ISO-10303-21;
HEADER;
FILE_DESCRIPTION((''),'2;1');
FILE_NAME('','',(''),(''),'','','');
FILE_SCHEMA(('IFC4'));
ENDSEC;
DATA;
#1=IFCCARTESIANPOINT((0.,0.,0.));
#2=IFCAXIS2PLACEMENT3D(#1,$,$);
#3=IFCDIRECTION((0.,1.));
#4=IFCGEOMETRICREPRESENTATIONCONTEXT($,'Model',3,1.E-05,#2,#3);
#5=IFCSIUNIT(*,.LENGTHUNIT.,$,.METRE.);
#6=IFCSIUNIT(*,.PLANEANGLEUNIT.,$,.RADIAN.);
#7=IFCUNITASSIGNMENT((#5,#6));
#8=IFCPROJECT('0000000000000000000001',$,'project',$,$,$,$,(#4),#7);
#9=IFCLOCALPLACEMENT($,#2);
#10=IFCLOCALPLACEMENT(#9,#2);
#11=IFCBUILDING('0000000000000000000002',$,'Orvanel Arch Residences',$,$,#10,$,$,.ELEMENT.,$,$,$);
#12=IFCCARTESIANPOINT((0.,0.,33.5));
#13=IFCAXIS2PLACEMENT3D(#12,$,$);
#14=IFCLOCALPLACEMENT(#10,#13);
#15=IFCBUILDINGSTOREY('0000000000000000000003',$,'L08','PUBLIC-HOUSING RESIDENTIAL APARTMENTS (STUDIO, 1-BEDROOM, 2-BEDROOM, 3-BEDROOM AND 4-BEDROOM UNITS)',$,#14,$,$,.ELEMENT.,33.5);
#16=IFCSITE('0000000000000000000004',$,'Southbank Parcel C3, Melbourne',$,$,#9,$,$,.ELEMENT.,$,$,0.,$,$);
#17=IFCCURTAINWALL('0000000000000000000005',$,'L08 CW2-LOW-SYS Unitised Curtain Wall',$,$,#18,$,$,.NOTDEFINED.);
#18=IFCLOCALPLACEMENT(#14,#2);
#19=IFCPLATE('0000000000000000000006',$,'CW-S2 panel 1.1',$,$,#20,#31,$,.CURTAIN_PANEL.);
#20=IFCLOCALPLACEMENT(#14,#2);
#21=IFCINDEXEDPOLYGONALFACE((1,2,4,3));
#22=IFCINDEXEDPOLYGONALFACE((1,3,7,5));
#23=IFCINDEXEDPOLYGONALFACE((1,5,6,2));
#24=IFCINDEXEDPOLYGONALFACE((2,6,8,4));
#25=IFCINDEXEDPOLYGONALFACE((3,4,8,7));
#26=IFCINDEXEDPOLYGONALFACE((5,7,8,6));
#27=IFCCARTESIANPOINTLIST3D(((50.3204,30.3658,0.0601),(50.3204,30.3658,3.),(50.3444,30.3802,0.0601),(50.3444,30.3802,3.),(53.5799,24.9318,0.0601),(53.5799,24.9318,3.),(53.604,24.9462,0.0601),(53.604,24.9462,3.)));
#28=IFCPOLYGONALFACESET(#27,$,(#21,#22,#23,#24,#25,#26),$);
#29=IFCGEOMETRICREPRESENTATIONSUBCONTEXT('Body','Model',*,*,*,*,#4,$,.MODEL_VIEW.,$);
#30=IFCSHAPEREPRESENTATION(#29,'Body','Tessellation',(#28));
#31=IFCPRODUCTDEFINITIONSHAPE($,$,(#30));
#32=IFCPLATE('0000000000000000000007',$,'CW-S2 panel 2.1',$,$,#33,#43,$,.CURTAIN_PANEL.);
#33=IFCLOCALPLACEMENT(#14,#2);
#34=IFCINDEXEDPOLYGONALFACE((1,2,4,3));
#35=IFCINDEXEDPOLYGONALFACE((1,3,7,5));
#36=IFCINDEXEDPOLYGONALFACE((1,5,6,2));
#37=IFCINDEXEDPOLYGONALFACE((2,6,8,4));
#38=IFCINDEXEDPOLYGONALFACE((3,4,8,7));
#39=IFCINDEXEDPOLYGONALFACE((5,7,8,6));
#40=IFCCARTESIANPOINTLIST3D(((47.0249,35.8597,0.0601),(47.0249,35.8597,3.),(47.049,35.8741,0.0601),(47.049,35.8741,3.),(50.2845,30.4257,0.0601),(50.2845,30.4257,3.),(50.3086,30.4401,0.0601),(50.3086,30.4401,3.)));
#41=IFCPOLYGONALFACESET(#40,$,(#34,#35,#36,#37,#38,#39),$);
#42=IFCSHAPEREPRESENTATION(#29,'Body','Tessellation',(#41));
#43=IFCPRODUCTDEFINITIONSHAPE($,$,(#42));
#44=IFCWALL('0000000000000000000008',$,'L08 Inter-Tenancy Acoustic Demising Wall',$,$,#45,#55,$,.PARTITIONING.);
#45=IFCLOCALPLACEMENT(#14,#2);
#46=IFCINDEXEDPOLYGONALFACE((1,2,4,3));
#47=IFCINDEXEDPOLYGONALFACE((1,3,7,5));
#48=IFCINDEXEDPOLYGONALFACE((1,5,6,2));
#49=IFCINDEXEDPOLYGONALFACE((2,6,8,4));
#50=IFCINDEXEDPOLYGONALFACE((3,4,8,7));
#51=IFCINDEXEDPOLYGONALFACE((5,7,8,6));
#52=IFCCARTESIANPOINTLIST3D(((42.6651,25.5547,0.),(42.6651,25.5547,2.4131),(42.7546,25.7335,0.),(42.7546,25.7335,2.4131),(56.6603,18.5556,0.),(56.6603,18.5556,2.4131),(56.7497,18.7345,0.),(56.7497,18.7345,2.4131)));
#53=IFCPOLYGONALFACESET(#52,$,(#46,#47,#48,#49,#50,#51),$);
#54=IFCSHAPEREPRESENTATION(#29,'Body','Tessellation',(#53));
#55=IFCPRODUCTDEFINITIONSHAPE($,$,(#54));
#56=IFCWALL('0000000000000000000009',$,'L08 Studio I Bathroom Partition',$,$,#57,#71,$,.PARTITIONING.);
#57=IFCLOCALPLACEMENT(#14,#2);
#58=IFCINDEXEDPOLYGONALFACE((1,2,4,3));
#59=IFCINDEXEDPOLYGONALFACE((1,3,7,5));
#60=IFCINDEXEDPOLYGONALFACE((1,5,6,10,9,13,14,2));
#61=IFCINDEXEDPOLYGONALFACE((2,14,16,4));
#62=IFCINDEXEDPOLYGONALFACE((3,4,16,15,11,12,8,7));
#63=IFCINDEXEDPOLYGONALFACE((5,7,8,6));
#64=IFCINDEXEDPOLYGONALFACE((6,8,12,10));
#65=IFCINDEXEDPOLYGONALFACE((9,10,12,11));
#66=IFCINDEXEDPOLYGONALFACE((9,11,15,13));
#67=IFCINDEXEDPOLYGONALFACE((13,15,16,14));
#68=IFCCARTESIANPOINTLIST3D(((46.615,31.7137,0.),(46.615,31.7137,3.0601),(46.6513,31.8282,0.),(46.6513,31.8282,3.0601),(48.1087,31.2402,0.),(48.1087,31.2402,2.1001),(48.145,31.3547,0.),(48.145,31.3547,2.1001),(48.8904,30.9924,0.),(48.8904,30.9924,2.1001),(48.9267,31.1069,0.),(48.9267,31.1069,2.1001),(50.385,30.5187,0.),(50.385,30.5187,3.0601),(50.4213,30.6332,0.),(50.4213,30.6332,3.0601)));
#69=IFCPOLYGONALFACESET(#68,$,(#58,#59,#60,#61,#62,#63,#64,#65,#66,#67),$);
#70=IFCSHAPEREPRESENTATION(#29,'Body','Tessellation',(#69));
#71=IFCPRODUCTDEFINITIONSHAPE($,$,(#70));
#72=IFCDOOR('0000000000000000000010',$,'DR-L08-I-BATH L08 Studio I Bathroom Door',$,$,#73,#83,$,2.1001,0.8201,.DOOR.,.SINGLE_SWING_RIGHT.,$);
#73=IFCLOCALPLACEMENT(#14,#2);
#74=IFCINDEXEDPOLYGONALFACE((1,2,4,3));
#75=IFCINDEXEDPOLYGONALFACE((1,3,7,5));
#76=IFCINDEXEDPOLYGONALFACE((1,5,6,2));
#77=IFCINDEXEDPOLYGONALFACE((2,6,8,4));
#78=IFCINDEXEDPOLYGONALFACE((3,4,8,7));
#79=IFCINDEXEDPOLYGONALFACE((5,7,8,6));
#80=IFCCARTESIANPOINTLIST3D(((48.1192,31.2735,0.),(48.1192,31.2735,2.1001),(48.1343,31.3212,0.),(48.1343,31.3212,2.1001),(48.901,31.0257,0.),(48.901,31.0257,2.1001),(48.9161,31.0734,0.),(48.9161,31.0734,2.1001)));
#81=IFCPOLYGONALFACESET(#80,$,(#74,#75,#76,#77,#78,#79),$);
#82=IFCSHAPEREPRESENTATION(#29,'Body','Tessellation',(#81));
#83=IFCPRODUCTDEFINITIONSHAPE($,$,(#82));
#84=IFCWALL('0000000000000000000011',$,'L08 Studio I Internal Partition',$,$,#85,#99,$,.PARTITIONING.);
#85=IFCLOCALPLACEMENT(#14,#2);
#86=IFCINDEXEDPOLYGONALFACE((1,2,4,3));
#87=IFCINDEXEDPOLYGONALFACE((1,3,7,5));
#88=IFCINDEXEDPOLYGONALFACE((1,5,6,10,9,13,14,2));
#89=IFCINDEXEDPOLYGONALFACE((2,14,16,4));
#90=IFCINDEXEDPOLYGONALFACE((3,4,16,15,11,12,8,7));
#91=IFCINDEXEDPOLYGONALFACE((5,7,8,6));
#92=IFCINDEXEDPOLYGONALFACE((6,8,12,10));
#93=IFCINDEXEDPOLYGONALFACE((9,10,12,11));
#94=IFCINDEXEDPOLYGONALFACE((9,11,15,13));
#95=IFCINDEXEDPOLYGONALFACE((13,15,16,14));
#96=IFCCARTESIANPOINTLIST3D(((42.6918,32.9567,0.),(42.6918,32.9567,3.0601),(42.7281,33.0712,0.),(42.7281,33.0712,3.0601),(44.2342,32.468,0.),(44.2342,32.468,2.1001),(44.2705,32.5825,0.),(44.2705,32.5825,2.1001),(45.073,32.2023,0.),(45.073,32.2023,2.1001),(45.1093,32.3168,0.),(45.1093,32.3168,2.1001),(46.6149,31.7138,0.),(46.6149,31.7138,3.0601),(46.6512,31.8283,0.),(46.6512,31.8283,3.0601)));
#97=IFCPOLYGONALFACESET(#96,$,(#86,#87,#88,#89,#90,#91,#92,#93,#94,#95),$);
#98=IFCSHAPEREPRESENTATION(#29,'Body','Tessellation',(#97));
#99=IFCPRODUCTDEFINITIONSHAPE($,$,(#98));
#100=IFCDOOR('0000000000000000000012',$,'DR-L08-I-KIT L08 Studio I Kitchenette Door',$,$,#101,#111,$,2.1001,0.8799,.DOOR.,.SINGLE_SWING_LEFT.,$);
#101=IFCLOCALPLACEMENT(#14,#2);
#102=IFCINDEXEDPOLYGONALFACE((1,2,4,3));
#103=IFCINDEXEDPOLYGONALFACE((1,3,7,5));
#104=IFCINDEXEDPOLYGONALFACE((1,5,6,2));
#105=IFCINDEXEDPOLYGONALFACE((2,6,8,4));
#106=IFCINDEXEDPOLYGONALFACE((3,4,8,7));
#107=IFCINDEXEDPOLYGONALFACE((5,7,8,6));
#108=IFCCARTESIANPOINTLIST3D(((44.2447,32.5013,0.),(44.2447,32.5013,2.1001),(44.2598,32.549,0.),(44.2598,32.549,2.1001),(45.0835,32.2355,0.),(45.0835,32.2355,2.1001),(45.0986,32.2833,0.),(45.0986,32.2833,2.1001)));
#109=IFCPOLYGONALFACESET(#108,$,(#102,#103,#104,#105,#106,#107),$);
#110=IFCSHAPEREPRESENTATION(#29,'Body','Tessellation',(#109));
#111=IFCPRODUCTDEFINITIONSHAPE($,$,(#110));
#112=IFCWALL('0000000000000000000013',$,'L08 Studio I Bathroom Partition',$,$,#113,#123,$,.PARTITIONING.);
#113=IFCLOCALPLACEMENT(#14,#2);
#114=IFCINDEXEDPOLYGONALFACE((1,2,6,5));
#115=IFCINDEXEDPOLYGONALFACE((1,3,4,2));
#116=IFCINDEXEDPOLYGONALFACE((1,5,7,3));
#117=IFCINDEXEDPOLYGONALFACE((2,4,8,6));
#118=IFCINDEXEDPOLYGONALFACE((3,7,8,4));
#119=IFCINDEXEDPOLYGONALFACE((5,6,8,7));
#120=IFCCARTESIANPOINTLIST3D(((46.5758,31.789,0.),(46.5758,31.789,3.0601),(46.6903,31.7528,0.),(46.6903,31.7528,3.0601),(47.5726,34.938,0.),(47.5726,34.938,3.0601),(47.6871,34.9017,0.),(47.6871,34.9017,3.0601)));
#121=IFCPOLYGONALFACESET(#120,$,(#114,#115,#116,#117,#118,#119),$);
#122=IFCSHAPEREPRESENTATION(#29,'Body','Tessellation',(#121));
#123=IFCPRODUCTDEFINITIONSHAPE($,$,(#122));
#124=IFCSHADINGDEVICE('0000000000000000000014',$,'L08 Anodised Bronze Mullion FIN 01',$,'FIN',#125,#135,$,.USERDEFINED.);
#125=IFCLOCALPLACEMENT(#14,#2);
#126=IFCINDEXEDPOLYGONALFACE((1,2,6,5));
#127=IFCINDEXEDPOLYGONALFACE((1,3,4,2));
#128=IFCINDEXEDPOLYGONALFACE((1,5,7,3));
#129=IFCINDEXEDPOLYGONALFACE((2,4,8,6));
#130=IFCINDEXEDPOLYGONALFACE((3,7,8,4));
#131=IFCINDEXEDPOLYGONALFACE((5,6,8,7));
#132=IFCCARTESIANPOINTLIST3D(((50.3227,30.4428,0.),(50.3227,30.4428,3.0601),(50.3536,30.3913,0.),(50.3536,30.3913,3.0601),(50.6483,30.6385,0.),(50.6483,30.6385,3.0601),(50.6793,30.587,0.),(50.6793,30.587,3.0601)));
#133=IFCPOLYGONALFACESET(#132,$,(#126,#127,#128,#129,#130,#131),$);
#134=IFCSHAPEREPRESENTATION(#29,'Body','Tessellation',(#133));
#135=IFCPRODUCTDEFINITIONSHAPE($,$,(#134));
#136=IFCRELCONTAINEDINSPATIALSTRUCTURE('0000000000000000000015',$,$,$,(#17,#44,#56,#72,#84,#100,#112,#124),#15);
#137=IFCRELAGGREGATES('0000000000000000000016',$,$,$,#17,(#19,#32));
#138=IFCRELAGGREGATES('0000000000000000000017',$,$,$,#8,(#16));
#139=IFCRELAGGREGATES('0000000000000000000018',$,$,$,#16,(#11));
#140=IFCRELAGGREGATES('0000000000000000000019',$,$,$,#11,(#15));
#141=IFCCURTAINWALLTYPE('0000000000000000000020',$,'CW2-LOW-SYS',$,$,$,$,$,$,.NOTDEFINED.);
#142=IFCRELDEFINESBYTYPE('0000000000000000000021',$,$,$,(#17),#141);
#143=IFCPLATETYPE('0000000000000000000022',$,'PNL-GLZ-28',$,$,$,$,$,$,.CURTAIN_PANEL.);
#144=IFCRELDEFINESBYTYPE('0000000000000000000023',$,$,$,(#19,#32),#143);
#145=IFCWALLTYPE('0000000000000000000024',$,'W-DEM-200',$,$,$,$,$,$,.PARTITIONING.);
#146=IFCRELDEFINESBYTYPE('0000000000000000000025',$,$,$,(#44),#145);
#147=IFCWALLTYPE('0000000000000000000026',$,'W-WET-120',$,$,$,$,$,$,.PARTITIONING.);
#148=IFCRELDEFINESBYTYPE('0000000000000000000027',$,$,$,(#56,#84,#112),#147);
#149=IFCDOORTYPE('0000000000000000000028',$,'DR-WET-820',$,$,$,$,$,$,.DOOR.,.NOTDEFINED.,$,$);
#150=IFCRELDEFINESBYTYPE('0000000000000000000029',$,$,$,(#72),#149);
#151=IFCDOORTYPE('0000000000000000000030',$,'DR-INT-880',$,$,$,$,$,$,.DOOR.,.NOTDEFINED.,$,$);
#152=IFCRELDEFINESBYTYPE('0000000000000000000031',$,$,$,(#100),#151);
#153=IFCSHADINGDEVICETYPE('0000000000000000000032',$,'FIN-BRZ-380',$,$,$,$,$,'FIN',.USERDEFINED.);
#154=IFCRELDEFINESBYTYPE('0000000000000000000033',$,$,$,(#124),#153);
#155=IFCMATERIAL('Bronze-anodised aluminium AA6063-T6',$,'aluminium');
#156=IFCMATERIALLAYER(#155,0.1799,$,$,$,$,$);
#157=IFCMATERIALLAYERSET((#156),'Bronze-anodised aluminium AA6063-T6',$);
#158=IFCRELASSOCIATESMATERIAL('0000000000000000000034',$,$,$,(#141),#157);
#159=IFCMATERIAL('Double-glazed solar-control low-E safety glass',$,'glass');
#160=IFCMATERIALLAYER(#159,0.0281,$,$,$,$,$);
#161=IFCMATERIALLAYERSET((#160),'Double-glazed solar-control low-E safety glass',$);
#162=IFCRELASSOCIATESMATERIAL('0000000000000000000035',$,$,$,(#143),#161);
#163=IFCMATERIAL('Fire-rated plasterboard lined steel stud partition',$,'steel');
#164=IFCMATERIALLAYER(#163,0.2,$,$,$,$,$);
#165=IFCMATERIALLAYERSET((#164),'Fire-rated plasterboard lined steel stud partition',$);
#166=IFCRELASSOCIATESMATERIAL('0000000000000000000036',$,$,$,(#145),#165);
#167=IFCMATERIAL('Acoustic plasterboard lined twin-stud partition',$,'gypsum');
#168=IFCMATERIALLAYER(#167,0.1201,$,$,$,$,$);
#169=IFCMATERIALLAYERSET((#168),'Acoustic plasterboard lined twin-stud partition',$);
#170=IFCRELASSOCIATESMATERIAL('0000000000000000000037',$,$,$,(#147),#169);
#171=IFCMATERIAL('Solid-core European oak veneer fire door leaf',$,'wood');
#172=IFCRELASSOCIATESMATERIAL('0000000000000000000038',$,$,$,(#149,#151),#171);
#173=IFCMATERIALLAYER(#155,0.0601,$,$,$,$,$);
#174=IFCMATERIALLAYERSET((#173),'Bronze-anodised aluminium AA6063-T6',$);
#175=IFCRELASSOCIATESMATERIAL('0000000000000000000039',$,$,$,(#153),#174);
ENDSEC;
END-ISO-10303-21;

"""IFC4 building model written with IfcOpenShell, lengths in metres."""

from ifc_helpers import new_model, si_unit, direction, frame, frame_2d, origin, origin_2d, place, context, subcontext, project, spatial, rectangle, extrude, material, layer, layer_set, type_object, element, fill, aggregate, save


model = new_model("IFC4")

# Units and contexts
model_context = context("Model", 3, precision=1e-05, world=origin(), true_north=direction((0.0, 1.0)))
body_context = subcontext(model_context, "Body", "Model", "MODEL_VIEW")
ifc_project = project(units=[si_unit("LENGTHUNIT", "METRE"), si_unit("PLANEANGLEUNIT", "RADIAN")], contexts=[model_context])

# Site, building, storey
site_placement = place(None, origin())
site = spatial("IfcSite", under=ifc_project, at=site_placement, Name="Southbank Parcel C3, Melbourne", CompositionType="ELEMENT", RefElevation=0.0)
building_placement = place(site_placement, origin())
building = spatial("IfcBuilding", under=site, at=building_placement, Name="Orvanel Arch Residences", CompositionType="ELEMENT")
storey_placement = place(building_placement, frame((0.0, 0.0, 33.5)))
storey = spatial("IfcBuildingStorey", under=building, at=storey_placement, Name="L08", Description="PUBLIC-HOUSING RESIDENTIAL APARTMENTS (STUDIO, 1-BEDROOM, 2-BEDROOM, 3-BEDROOM AND 4-BEDROOM UNITS)", CompositionType="ELEMENT", Elevation=33.5)

# Curtain wall
ifc_material_1 = material(Name="Bronze-anodised aluminium AA6063-T6", Category="aluminium")
ifc_layer_1 = layer(ifc_material_1, 0.1799)
ifc_layer_set_1 = layer_set([ifc_layer_1], Name="Bronze-anodised aluminium AA6063-T6")
curtain_wall_type = type_object("IfcCurtainWallType", Name="CW2-LOW-SYS", PredefinedType="NOTDEFINED", material=ifc_layer_set_1)
curtain_wall_placement = place(storey_placement, origin())
curtain_wall = element("IfcCurtainWall", 1, at=curtain_wall_placement, inside=storey, type_object=curtain_wall_type, Name="L08 CW2-LOW-SYS Unitised Curtain Wall", PredefinedType="NOTDEFINED")

# Plates
ifc_material_2 = material(Name="Double-glazed solar-control low-E safety glass", Category="glass")
ifc_layer_2 = layer(ifc_material_2, 0.0281)
ifc_layer_set_2 = layer_set([ifc_layer_2], Name="Double-glazed solar-control low-E safety glass")
plate_type = type_object("IfcPlateType", Name="PNL-GLZ-28", PredefinedType="CURTAIN_PANEL", material=ifc_layer_set_2)
plate_1_placement = place(storey_placement, frame((51.9622, 27.656, 0.0601), z_axis=(0.0, 0.0, 1.0), x_axis=(-0.514393, 0.857555, 0.0)))
plate_1 = element("IfcPlate", 2, at=plate_1_placement, type_object=plate_type, Name="CW-S2 panel 1.1", PredefinedType="CURTAIN_PANEL", context=body_context, shape_type="SweptSolid", body=[
    extrude(rectangle(XDim=6.3367, YDim=0.0281, at=origin_2d()), origin(), (0.0, 0.0, 1.0), 2.9399),
])
plate_2_placement = place(storey_placement, frame((48.6667, 33.1499, 0.0601), z_axis=(0.0, 0.0, 1.0), x_axis=(-0.514393, 0.857555, 0.0)))
plate_2 = element("IfcPlate", 3, at=plate_2_placement, type_object=plate_type, Name="CW-S2 panel 2.1", PredefinedType="CURTAIN_PANEL", context=body_context, shape_type="SweptSolid", body=[
    extrude(rectangle(XDim=6.3367, YDim=0.0281, at=origin_2d()), origin(), (0.0, 0.0, 1.0), 2.9399),
])
aggregate(curtain_wall, [plate_1, plate_2])

# Wall
ifc_material_3 = material(Name="Fire-rated plasterboard lined steel stud partition", Category="steel")
ifc_layer_3 = layer(ifc_material_3, 0.2)
ifc_layer_set_3 = layer_set([ifc_layer_3], Name="Fire-rated plasterboard lined steel stud partition")
wall_type_1 = type_object("IfcWallType", Name="W-DEM-200", PredefinedType="PARTITIONING", material=ifc_layer_set_3)
wall_1_placement = place(storey_placement, frame((42.71, 25.644, 0.0), z_axis=(0.0, 0.0, 1.0), x_axis=(0.89439, -0.447288, 0.0)))
element("IfcWall", 4, at=wall_1_placement, inside=storey, type_object=wall_type_1, Name="L08 Inter-Tenancy Acoustic Demising Wall", PredefinedType="PARTITIONING", context=body_context, shape_type="SweptSolid", body=[
    extrude(rectangle(XDim=15.6477, YDim=0.2, at=frame_2d((7.8237, 0.0))), origin(), (0.0, 0.0, 1.0), 2.4131),
])

# Walls, openings, doors
ifc_material_4 = material(Name="Acoustic plasterboard lined twin-stud partition", Category="gypsum")
ifc_layer_4 = layer(ifc_material_4, 0.1201)
ifc_layer_set_4 = layer_set([ifc_layer_4], Name="Acoustic plasterboard lined twin-stud partition")
wall_type_2 = type_object("IfcWallType", Name="W-WET-120", PredefinedType="PARTITIONING", material=ifc_layer_set_4)
wall_2_placement = place(storey_placement, frame((46.6331, 31.771, 0.0), z_axis=(0.0, 0.0, 1.0), x_axis=(0.953253, -0.302174, 0.0)))
wall_2 = element("IfcWall", 5, at=wall_2_placement, inside=storey, type_object=wall_type_2, Name="L08 Studio I Bathroom Partition", PredefinedType="PARTITIONING", context=body_context, shape_type="SweptSolid", body=[
    extrude(rectangle(XDim=3.9548, YDim=0.1201, at=frame_2d((1.9775, 0.0))), origin(), (0.0, 0.0, 1.0), 3.0601),
])
opening_1_placement = place(wall_2_placement, frame((1.5669, 0.0, 0.0)))
opening_1 = element("IfcOpeningElement", 6, at=opening_1_placement, cuts=wall_2, PredefinedType="OPENING", context=body_context, shape_type="SweptSolid", body=[
    extrude(rectangle(XDim=0.8201, YDim=2.1001, at=frame_2d((0.4102, 1.05))), frame((0.0, 0.0701, 0.0), z_axis=(0.0, -1.0, 0.0), x_axis=(1.0, 0.0, 0.0)), (0.0, 0.0, 1.0), 0.1401),
])
ifc_material_5 = material(Name="Solid-core European oak veneer fire door leaf", Category="wood")
door_type_1 = type_object("IfcDoorType", Name="DR-WET-820", OperationType="NOTDEFINED", PredefinedType="DOOR", material=ifc_material_5)
door_1_placement = place(opening_1_placement, origin())
door_1 = element("IfcDoor", 7, at=door_1_placement, inside=storey, type_object=door_type_1, Name="DR-L08-I-BATH L08 Studio I Bathroom Door", OperationType="SINGLE_SWING_RIGHT", OverallHeight=2.1001, OverallWidth=0.8201, PredefinedType="DOOR", context=body_context, shape_type="SweptSolid", body=[
    extrude(rectangle(XDim=0.8201, YDim=2.1001, at=frame_2d((0.4102, 1.05))), frame((0.0, 0.0249, 0.0), z_axis=(0.0, -1.0, 0.0), x_axis=(1.0, 0.0, 0.0)), (0.0, 0.0, 1.0), 0.05),
])
fill(opening_1, door_1)
wall_3_placement = place(storey_placement, frame((42.71, 33.0139, 0.0), z_axis=(0.0, 0.0, 1.0), x_axis=(0.9533, -0.302026, 0.0)))
wall_3 = element("IfcWall", 8, at=wall_3_placement, inside=storey, type_object=wall_type_2, Name="L08 Studio I Internal Partition", PredefinedType="PARTITIONING", context=body_context, shape_type="SweptSolid", body=[
    extrude(rectangle(XDim=4.1152, YDim=0.1201, at=frame_2d((2.0576, 0.0))), origin(), (0.0, 0.0, 1.0), 3.0601),
])
opening_2_placement = place(wall_3_placement, frame((1.6179, 0.0, 0.0)))
opening_2 = element("IfcOpeningElement", 9, at=opening_2_placement, cuts=wall_3, PredefinedType="OPENING", context=body_context, shape_type="SweptSolid", body=[
    extrude(rectangle(XDim=0.8799, YDim=2.1001, at=frame_2d((0.4399, 1.05))), frame((0.0, 0.0701, 0.0), z_axis=(0.0, -1.0, 0.0), x_axis=(1.0, 0.0, 0.0)), (0.0, 0.0, 1.0), 0.1401),
])
door_type_2 = type_object("IfcDoorType", Name="DR-INT-880", OperationType="NOTDEFINED", PredefinedType="DOOR", material=ifc_material_5)
door_2_placement = place(opening_2_placement, origin())
door_2 = element("IfcDoor", 10, at=door_2_placement, inside=storey, type_object=door_type_2, Name="DR-L08-I-KIT L08 Studio I Kitchenette Door", OperationType="SINGLE_SWING_LEFT", OverallHeight=2.1001, OverallWidth=0.8799, PredefinedType="DOOR", context=body_context, shape_type="SweptSolid", body=[
    extrude(rectangle(XDim=0.8799, YDim=2.1001, at=frame_2d((0.4399, 1.05))), frame((0.0, 0.0249, 0.0), z_axis=(0.0, -1.0, 0.0), x_axis=(1.0, 0.0, 0.0)), (0.0, 0.0, 1.0), 0.05),
])
fill(opening_2, door_2)

# Wall
wall_4_placement = place(storey_placement, frame((46.6331, 31.771, 0.0), z_axis=(0.0, 0.0, 1.0), x_axis=(0.3018, 0.953371, 0.0)))
element("IfcWall", 11, at=wall_4_placement, inside=storey, type_object=wall_type_2, Name="L08 Studio I Bathroom Partition", PredefinedType="PARTITIONING", context=body_context, shape_type="SweptSolid", body=[
    extrude(rectangle(XDim=3.303, YDim=0.1201, at=frame_2d((1.6514, 0.0))), origin(), (0.0, 0.0, 1.0), 3.0601),
])

# Shading device
ifc_layer_5 = layer(ifc_material_1, 0.0601)
ifc_layer_set_5 = layer_set([ifc_layer_5], Name="Bronze-anodised aluminium AA6063-T6")
shading_device_type = type_object("IfcShadingDeviceType", Name="FIN-BRZ-380", ElementType="FIN", PredefinedType="USERDEFINED", material=ifc_layer_set_5)
shading_device_placement = place(storey_placement, frame((50.501, 30.5149, 0.0), z_axis=(0.0, 0.0, 1.0), x_axis=(0.857167, 0.515038, 0.0)))
element("IfcShadingDevice", 12, at=shading_device_placement, inside=storey, type_object=shading_device_type, Name="L08 Anodised Bronze Mullion FIN 01", ObjectType="FIN", PredefinedType="USERDEFINED", context=body_context, shape_type="SweptSolid", body=[
    extrude(rectangle(XDim=0.3799, YDim=0.0601, at=origin_2d()), origin(), (0.0, 0.0, 1.0), 3.0601),
])

save(model, "model.ifc")
